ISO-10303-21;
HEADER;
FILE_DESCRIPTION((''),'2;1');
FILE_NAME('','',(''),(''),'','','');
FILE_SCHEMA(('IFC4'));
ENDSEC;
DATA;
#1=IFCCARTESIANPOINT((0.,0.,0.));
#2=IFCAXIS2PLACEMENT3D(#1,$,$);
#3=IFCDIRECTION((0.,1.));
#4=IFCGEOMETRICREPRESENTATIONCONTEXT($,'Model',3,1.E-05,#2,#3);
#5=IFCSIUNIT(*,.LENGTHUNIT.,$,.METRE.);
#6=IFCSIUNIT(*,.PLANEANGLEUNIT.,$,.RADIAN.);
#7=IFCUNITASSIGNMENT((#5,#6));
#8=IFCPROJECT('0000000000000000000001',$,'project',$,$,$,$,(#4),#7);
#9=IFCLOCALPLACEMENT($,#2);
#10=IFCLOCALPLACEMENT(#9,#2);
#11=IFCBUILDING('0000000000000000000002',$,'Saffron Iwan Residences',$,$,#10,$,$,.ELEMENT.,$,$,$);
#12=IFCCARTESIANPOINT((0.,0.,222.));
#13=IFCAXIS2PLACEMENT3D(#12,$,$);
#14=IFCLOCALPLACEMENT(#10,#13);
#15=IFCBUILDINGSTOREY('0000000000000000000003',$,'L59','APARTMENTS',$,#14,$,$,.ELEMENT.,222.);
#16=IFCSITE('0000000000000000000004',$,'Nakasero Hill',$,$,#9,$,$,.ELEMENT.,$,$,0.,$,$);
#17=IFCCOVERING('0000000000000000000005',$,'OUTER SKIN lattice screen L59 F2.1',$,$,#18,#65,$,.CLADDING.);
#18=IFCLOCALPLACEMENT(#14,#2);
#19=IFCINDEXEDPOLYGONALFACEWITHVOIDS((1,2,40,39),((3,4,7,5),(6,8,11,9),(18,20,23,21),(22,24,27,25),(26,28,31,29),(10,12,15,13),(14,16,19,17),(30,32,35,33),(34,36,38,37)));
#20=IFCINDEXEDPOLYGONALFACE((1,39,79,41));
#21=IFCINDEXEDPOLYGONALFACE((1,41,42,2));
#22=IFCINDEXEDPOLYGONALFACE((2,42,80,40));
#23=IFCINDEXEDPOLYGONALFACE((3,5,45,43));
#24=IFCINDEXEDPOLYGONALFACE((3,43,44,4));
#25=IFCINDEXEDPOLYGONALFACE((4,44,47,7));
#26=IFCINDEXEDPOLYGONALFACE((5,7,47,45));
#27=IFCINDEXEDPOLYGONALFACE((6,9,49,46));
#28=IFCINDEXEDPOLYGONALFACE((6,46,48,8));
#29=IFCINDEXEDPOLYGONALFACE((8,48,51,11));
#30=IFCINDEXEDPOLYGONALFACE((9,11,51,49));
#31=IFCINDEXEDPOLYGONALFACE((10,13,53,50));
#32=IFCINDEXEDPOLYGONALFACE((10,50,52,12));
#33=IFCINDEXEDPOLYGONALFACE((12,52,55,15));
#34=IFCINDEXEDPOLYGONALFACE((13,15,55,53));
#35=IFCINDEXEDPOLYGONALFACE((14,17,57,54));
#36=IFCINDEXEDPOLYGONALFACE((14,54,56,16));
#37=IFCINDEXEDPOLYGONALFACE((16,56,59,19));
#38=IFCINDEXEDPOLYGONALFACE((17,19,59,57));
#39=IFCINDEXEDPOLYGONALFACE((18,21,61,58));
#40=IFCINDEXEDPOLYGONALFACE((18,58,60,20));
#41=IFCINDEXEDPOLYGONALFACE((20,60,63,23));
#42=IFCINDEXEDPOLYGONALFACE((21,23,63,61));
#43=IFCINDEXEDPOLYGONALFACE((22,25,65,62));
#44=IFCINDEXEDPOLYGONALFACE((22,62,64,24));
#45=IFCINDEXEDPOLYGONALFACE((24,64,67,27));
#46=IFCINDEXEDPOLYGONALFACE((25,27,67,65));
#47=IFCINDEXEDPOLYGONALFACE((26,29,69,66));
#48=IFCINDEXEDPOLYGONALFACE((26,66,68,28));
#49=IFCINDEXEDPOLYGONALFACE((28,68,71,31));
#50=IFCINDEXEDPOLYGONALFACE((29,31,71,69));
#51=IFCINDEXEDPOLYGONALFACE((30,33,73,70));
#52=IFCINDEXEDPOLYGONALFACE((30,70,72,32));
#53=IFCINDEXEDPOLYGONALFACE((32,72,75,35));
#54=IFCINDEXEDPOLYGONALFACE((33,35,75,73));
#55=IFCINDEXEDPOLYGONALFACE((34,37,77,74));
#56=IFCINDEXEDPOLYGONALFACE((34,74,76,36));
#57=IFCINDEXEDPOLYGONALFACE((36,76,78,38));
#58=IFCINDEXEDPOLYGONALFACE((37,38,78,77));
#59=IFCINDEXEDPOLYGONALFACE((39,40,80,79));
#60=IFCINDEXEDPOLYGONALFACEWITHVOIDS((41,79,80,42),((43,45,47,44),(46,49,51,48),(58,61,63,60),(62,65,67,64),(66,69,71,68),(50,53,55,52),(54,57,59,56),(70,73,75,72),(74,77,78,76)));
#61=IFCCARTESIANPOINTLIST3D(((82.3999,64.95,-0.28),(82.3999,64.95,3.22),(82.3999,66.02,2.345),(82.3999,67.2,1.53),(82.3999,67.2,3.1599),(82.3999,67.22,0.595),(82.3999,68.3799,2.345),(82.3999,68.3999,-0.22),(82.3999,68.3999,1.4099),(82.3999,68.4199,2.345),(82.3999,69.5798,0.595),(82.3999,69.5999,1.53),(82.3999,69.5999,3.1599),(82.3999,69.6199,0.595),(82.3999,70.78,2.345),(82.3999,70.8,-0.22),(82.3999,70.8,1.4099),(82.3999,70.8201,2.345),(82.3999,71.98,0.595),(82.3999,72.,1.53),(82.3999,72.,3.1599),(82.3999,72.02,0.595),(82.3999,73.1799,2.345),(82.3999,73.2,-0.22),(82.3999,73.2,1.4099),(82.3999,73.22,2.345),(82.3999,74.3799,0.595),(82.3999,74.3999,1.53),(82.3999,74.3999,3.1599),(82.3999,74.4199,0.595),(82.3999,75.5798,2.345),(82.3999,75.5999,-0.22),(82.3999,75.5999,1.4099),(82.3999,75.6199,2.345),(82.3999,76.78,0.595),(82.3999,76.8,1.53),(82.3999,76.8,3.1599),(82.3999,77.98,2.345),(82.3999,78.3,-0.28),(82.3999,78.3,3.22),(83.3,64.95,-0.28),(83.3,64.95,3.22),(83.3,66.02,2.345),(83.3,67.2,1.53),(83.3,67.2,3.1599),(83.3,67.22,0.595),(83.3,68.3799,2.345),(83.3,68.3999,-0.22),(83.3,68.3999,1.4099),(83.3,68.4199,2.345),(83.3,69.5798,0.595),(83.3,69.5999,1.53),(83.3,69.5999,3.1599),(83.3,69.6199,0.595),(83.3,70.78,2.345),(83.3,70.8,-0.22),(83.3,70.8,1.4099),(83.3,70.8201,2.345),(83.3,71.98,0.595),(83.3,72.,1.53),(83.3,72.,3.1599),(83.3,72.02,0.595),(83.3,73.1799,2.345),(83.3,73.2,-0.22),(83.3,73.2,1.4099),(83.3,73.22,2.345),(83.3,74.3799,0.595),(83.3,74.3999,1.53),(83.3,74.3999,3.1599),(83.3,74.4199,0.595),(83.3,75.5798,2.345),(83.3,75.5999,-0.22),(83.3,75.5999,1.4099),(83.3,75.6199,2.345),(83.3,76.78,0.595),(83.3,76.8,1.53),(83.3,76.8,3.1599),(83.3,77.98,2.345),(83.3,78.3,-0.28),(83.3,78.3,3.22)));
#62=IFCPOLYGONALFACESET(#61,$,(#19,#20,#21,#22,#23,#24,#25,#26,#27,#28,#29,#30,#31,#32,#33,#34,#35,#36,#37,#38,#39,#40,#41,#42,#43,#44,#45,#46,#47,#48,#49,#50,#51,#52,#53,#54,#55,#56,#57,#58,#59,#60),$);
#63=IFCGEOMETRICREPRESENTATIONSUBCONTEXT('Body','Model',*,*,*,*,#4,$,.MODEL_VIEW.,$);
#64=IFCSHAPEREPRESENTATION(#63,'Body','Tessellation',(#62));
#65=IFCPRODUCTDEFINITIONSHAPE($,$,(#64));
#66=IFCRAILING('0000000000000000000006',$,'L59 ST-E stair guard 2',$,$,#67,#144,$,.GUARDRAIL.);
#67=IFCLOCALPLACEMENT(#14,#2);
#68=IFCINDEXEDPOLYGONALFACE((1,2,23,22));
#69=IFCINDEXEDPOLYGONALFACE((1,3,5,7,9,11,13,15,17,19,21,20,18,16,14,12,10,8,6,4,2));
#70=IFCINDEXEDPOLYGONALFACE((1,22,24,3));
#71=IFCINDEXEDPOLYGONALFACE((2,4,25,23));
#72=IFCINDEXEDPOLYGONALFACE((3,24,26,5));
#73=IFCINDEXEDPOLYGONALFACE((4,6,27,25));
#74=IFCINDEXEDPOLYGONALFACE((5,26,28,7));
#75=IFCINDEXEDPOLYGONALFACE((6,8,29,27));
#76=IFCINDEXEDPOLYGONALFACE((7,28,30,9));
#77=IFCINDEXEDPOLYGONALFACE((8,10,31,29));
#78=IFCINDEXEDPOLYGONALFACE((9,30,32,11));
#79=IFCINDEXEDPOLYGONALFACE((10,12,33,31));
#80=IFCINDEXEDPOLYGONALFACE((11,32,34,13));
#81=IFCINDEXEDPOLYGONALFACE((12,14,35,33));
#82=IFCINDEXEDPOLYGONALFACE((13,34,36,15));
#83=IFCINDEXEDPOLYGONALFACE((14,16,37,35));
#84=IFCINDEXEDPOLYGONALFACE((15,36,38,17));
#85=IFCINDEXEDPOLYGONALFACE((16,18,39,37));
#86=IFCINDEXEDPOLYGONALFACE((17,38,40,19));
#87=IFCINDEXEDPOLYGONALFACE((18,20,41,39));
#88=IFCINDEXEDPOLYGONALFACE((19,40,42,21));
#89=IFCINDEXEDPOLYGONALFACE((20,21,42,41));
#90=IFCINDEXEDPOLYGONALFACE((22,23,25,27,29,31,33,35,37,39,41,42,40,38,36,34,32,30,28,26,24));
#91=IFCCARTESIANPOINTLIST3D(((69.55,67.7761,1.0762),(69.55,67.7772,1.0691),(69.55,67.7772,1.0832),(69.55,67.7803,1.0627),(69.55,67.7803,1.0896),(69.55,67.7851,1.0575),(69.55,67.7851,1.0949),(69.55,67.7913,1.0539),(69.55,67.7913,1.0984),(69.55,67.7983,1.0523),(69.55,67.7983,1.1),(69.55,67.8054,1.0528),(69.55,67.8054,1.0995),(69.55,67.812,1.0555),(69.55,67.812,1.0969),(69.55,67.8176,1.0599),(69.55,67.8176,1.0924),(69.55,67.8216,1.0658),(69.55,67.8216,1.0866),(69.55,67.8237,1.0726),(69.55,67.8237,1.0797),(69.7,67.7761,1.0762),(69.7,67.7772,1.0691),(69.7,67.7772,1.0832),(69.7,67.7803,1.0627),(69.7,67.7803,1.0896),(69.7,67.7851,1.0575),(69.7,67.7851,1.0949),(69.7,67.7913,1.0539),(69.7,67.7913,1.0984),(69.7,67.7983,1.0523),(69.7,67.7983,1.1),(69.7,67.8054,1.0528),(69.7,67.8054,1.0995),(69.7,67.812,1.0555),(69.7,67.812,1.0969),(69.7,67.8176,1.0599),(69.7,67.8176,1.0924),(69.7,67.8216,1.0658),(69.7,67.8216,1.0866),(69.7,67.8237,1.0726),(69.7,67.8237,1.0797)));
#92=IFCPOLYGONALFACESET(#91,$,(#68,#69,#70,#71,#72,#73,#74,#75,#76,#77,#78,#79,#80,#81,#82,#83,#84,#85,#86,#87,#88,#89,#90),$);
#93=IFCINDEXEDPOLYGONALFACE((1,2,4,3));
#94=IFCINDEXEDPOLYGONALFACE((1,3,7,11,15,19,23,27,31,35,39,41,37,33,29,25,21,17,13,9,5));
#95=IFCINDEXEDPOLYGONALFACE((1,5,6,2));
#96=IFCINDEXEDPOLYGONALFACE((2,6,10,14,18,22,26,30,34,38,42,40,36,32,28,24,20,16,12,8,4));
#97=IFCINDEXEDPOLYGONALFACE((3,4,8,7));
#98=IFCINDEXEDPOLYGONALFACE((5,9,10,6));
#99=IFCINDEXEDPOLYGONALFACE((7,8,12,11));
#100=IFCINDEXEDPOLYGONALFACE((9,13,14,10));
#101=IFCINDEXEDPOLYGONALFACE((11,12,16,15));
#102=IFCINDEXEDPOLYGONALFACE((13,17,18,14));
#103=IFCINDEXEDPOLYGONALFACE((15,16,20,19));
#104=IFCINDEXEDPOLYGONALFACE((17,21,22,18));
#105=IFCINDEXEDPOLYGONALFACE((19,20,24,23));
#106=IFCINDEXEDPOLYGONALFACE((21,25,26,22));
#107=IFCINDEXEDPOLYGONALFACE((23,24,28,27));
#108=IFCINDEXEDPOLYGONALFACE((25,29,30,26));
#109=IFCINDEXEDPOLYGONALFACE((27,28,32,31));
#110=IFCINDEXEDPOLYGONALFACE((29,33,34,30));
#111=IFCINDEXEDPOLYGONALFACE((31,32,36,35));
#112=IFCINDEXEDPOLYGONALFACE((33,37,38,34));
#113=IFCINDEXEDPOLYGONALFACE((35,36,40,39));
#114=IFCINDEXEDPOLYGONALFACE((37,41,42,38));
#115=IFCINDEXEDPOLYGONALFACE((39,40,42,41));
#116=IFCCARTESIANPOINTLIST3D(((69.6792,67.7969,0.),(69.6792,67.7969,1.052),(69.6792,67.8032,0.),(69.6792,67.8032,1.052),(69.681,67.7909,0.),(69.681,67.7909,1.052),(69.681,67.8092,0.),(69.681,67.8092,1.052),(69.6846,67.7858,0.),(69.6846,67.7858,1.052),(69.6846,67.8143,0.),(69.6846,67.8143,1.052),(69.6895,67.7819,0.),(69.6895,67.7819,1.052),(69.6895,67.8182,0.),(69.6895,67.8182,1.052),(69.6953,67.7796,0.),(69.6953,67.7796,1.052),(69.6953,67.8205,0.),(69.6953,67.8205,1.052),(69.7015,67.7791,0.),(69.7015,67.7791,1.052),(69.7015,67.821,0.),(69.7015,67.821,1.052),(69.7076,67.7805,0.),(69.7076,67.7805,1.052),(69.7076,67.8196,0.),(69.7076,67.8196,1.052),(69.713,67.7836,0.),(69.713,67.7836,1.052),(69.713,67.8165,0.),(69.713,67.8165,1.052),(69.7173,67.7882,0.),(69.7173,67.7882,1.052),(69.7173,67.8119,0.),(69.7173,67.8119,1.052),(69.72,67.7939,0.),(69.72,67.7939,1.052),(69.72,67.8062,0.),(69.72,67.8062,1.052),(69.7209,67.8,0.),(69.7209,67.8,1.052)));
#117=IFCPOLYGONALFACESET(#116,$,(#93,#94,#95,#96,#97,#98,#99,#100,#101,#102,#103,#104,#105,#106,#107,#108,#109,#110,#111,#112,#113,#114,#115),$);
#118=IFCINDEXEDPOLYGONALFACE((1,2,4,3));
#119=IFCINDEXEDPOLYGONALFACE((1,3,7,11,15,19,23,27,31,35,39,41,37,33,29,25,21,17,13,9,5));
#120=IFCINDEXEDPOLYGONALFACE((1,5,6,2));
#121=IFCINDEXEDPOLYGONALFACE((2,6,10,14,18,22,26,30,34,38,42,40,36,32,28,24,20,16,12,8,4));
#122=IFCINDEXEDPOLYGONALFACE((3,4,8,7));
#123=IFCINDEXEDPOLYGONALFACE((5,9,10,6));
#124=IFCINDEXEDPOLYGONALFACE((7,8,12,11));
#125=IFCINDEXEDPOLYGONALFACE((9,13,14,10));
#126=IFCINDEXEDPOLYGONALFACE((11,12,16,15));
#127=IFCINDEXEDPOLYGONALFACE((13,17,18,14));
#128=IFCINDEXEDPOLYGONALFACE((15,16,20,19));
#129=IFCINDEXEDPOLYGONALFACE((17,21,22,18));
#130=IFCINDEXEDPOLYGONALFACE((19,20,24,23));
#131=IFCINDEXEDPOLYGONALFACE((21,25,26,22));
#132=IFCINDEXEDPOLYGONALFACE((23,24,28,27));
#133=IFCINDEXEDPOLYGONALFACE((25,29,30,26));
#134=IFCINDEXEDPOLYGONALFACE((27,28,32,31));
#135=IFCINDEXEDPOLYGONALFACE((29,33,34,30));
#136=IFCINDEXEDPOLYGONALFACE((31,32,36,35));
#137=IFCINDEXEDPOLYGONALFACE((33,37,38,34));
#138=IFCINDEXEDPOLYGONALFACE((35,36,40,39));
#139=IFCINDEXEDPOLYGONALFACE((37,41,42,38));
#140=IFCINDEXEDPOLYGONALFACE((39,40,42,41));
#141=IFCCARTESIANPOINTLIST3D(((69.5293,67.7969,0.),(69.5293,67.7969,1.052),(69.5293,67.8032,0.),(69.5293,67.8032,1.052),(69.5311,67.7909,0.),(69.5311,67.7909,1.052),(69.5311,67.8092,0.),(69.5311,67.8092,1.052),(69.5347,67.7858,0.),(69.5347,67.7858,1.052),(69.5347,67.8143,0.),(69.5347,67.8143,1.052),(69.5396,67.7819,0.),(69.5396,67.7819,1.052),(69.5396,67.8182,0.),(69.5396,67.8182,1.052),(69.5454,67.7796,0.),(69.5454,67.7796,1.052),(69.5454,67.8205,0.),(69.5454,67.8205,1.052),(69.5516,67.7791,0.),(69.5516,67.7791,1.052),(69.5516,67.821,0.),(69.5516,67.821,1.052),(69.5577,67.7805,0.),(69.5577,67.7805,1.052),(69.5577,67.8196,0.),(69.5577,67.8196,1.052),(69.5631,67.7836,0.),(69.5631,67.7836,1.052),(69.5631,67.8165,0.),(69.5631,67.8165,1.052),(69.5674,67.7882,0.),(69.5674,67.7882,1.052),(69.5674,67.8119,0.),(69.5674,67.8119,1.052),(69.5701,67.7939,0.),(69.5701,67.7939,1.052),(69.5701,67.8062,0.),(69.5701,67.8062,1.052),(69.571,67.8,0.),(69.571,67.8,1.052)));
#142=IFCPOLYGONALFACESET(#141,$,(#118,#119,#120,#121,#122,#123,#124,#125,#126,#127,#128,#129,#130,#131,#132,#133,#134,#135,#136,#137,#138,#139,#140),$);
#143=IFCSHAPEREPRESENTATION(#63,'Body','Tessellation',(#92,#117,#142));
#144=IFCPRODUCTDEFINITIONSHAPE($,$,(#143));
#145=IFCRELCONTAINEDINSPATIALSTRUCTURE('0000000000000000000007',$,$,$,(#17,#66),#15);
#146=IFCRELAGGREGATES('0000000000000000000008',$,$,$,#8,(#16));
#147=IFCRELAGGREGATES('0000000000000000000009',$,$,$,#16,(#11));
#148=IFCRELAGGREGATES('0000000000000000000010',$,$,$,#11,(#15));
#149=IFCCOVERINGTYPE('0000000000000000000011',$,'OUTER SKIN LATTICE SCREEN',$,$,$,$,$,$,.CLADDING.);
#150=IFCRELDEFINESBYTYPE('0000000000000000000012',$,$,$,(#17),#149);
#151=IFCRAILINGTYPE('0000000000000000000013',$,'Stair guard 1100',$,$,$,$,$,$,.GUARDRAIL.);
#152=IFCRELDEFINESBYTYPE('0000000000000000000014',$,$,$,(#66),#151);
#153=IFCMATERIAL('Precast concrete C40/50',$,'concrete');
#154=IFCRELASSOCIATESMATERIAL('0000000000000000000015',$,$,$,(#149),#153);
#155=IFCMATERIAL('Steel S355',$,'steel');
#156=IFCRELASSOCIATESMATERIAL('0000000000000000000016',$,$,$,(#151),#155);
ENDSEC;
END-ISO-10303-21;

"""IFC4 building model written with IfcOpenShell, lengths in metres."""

from ifc_helpers import new_model, si_unit, direction, frame, origin, origin_2d, place, context, subcontext, project, spatial, polyline, circle, outline, extrude, material, type_object, element, save


model = new_model("IFC4")

# Units and contexts
model_context = context("Model", 3, precision=1e-05, world=origin(), true_north=direction((0.0, 1.0)))
body_context = subcontext(model_context, "Body", "Model", "MODEL_VIEW")
ifc_project = project(units=[si_unit("LENGTHUNIT", "METRE"), si_unit("PLANEANGLEUNIT", "RADIAN")], contexts=[model_context])

# Site, building, storey
site_placement = place(None, origin())
site = spatial("IfcSite", under=ifc_project, at=site_placement, Name="Nakasero Hill", CompositionType="ELEMENT", RefElevation=0.0)
building_placement = place(site_placement, origin())
building = spatial("IfcBuilding", under=site, at=building_placement, Name="Saffron Iwan Residences", CompositionType="ELEMENT")
storey_placement = place(building_placement, frame((0.0, 0.0, 222.0)))
storey = spatial("IfcBuildingStorey", under=building, at=storey_placement, Name="L59", Description="APARTMENTS", CompositionType="ELEMENT", Elevation=222.0)

# Covering
ifc_material_1 = material(Name="Precast concrete C40/50", Category="concrete")
covering_type = type_object("IfcCoveringType", Name="OUTER SKIN LATTICE SCREEN", PredefinedType="CLADDING", material=ifc_material_1)
covering_placement = place(storey_placement, frame((82.3999, 64.95, -0.28), z_axis=(1.0, 0.0, 0.0), x_axis=(0.0, 1.0, 0.0)))
element("IfcCovering", 1, at=covering_placement, inside=storey, type_object=covering_type, Name="OUTER SKIN lattice screen L59 F2.1", PredefinedType="CLADDING", context=body_context, shape_type="SweptSolid", body=[
    extrude(outline(polyline([(0.0, 0.0), (13.3501, 0.0), (13.3501, 3.5), (0.0, 3.5), (0.0, 0.0)]), holes=[polyline([(2.27, 0.875), (3.45, 0.0601), (4.6299, 0.875), (3.45, 1.6899), (2.27, 0.875)]), polyline([(4.6699, 0.875), (5.8501, 0.0601), (7.03, 0.875), (5.8501, 1.6899), (4.6699, 0.875)]), polyline([(7.0701, 0.875), (8.25, 0.0601), (9.4299, 0.875), (8.25, 1.6899), (7.0701, 0.875)]), polyline([(9.47, 0.875), (10.6499, 0.0601), (11.8301, 0.875), (10.6499, 1.6899), (9.47, 0.875)]), polyline([(1.0701, 2.625), (2.25, 1.8101), (3.4299, 2.625), (2.25, 3.4399), (1.0701, 2.625)]), polyline([(3.47, 2.625), (4.6499, 1.8101), (5.8301, 2.625), (4.6499, 3.4399), (3.47, 2.625)]), polyline([(5.8701, 2.625), (7.05, 1.8101), (8.23, 2.625), (7.05, 3.4399), (5.8701, 2.625)]), polyline([(8.27, 2.625), (9.45, 1.8101), (10.6299, 2.625), (9.45, 3.4399), (8.27, 2.625)]), polyline([(10.6699, 2.625), (11.8501, 1.8101), (13.03, 2.625), (11.8501, 3.4399), (10.6699, 2.625)])]), origin(), (0.0, 0.0, 1.0), 0.9001),
])

# Railing
ifc_material_2 = material(Name="Steel S355", Category="steel")
railing_type_1 = type_object("IfcRailingType", Name="Stair guard 1100", PredefinedType="GUARDRAIL", material=ifc_material_2)
railing_1_placement = place(storey_placement, frame((69.7, 67.8, 0.0)))
element("IfcRailing", 2, at=railing_1_placement, inside=storey, type_object=railing_type_1, Name="L59 ST-E stair guard 2", PredefinedType="GUARDRAIL", context=body_context, shape_type="SweptSolid", body=[
    extrude(circle(Radius=0.0239, at=origin_2d()), frame((0.0, 0.0, 1.0762), z_axis=(-1.0, 0.0, 0.0), x_axis=(0.0, -1.0, 0.0)), (0.0, 0.0, 1.0), 0.1499),
    extrude(circle(Radius=0.021, at=origin_2d()), origin(), (0.0, 0.0, 1.0), 1.052),
    extrude(circle(Radius=0.021, at=origin_2d()), frame((-0.1499, 0.0, 0.0)), (0.0, 0.0, 1.0), 1.052),
])

save(model, "model.ifc")
